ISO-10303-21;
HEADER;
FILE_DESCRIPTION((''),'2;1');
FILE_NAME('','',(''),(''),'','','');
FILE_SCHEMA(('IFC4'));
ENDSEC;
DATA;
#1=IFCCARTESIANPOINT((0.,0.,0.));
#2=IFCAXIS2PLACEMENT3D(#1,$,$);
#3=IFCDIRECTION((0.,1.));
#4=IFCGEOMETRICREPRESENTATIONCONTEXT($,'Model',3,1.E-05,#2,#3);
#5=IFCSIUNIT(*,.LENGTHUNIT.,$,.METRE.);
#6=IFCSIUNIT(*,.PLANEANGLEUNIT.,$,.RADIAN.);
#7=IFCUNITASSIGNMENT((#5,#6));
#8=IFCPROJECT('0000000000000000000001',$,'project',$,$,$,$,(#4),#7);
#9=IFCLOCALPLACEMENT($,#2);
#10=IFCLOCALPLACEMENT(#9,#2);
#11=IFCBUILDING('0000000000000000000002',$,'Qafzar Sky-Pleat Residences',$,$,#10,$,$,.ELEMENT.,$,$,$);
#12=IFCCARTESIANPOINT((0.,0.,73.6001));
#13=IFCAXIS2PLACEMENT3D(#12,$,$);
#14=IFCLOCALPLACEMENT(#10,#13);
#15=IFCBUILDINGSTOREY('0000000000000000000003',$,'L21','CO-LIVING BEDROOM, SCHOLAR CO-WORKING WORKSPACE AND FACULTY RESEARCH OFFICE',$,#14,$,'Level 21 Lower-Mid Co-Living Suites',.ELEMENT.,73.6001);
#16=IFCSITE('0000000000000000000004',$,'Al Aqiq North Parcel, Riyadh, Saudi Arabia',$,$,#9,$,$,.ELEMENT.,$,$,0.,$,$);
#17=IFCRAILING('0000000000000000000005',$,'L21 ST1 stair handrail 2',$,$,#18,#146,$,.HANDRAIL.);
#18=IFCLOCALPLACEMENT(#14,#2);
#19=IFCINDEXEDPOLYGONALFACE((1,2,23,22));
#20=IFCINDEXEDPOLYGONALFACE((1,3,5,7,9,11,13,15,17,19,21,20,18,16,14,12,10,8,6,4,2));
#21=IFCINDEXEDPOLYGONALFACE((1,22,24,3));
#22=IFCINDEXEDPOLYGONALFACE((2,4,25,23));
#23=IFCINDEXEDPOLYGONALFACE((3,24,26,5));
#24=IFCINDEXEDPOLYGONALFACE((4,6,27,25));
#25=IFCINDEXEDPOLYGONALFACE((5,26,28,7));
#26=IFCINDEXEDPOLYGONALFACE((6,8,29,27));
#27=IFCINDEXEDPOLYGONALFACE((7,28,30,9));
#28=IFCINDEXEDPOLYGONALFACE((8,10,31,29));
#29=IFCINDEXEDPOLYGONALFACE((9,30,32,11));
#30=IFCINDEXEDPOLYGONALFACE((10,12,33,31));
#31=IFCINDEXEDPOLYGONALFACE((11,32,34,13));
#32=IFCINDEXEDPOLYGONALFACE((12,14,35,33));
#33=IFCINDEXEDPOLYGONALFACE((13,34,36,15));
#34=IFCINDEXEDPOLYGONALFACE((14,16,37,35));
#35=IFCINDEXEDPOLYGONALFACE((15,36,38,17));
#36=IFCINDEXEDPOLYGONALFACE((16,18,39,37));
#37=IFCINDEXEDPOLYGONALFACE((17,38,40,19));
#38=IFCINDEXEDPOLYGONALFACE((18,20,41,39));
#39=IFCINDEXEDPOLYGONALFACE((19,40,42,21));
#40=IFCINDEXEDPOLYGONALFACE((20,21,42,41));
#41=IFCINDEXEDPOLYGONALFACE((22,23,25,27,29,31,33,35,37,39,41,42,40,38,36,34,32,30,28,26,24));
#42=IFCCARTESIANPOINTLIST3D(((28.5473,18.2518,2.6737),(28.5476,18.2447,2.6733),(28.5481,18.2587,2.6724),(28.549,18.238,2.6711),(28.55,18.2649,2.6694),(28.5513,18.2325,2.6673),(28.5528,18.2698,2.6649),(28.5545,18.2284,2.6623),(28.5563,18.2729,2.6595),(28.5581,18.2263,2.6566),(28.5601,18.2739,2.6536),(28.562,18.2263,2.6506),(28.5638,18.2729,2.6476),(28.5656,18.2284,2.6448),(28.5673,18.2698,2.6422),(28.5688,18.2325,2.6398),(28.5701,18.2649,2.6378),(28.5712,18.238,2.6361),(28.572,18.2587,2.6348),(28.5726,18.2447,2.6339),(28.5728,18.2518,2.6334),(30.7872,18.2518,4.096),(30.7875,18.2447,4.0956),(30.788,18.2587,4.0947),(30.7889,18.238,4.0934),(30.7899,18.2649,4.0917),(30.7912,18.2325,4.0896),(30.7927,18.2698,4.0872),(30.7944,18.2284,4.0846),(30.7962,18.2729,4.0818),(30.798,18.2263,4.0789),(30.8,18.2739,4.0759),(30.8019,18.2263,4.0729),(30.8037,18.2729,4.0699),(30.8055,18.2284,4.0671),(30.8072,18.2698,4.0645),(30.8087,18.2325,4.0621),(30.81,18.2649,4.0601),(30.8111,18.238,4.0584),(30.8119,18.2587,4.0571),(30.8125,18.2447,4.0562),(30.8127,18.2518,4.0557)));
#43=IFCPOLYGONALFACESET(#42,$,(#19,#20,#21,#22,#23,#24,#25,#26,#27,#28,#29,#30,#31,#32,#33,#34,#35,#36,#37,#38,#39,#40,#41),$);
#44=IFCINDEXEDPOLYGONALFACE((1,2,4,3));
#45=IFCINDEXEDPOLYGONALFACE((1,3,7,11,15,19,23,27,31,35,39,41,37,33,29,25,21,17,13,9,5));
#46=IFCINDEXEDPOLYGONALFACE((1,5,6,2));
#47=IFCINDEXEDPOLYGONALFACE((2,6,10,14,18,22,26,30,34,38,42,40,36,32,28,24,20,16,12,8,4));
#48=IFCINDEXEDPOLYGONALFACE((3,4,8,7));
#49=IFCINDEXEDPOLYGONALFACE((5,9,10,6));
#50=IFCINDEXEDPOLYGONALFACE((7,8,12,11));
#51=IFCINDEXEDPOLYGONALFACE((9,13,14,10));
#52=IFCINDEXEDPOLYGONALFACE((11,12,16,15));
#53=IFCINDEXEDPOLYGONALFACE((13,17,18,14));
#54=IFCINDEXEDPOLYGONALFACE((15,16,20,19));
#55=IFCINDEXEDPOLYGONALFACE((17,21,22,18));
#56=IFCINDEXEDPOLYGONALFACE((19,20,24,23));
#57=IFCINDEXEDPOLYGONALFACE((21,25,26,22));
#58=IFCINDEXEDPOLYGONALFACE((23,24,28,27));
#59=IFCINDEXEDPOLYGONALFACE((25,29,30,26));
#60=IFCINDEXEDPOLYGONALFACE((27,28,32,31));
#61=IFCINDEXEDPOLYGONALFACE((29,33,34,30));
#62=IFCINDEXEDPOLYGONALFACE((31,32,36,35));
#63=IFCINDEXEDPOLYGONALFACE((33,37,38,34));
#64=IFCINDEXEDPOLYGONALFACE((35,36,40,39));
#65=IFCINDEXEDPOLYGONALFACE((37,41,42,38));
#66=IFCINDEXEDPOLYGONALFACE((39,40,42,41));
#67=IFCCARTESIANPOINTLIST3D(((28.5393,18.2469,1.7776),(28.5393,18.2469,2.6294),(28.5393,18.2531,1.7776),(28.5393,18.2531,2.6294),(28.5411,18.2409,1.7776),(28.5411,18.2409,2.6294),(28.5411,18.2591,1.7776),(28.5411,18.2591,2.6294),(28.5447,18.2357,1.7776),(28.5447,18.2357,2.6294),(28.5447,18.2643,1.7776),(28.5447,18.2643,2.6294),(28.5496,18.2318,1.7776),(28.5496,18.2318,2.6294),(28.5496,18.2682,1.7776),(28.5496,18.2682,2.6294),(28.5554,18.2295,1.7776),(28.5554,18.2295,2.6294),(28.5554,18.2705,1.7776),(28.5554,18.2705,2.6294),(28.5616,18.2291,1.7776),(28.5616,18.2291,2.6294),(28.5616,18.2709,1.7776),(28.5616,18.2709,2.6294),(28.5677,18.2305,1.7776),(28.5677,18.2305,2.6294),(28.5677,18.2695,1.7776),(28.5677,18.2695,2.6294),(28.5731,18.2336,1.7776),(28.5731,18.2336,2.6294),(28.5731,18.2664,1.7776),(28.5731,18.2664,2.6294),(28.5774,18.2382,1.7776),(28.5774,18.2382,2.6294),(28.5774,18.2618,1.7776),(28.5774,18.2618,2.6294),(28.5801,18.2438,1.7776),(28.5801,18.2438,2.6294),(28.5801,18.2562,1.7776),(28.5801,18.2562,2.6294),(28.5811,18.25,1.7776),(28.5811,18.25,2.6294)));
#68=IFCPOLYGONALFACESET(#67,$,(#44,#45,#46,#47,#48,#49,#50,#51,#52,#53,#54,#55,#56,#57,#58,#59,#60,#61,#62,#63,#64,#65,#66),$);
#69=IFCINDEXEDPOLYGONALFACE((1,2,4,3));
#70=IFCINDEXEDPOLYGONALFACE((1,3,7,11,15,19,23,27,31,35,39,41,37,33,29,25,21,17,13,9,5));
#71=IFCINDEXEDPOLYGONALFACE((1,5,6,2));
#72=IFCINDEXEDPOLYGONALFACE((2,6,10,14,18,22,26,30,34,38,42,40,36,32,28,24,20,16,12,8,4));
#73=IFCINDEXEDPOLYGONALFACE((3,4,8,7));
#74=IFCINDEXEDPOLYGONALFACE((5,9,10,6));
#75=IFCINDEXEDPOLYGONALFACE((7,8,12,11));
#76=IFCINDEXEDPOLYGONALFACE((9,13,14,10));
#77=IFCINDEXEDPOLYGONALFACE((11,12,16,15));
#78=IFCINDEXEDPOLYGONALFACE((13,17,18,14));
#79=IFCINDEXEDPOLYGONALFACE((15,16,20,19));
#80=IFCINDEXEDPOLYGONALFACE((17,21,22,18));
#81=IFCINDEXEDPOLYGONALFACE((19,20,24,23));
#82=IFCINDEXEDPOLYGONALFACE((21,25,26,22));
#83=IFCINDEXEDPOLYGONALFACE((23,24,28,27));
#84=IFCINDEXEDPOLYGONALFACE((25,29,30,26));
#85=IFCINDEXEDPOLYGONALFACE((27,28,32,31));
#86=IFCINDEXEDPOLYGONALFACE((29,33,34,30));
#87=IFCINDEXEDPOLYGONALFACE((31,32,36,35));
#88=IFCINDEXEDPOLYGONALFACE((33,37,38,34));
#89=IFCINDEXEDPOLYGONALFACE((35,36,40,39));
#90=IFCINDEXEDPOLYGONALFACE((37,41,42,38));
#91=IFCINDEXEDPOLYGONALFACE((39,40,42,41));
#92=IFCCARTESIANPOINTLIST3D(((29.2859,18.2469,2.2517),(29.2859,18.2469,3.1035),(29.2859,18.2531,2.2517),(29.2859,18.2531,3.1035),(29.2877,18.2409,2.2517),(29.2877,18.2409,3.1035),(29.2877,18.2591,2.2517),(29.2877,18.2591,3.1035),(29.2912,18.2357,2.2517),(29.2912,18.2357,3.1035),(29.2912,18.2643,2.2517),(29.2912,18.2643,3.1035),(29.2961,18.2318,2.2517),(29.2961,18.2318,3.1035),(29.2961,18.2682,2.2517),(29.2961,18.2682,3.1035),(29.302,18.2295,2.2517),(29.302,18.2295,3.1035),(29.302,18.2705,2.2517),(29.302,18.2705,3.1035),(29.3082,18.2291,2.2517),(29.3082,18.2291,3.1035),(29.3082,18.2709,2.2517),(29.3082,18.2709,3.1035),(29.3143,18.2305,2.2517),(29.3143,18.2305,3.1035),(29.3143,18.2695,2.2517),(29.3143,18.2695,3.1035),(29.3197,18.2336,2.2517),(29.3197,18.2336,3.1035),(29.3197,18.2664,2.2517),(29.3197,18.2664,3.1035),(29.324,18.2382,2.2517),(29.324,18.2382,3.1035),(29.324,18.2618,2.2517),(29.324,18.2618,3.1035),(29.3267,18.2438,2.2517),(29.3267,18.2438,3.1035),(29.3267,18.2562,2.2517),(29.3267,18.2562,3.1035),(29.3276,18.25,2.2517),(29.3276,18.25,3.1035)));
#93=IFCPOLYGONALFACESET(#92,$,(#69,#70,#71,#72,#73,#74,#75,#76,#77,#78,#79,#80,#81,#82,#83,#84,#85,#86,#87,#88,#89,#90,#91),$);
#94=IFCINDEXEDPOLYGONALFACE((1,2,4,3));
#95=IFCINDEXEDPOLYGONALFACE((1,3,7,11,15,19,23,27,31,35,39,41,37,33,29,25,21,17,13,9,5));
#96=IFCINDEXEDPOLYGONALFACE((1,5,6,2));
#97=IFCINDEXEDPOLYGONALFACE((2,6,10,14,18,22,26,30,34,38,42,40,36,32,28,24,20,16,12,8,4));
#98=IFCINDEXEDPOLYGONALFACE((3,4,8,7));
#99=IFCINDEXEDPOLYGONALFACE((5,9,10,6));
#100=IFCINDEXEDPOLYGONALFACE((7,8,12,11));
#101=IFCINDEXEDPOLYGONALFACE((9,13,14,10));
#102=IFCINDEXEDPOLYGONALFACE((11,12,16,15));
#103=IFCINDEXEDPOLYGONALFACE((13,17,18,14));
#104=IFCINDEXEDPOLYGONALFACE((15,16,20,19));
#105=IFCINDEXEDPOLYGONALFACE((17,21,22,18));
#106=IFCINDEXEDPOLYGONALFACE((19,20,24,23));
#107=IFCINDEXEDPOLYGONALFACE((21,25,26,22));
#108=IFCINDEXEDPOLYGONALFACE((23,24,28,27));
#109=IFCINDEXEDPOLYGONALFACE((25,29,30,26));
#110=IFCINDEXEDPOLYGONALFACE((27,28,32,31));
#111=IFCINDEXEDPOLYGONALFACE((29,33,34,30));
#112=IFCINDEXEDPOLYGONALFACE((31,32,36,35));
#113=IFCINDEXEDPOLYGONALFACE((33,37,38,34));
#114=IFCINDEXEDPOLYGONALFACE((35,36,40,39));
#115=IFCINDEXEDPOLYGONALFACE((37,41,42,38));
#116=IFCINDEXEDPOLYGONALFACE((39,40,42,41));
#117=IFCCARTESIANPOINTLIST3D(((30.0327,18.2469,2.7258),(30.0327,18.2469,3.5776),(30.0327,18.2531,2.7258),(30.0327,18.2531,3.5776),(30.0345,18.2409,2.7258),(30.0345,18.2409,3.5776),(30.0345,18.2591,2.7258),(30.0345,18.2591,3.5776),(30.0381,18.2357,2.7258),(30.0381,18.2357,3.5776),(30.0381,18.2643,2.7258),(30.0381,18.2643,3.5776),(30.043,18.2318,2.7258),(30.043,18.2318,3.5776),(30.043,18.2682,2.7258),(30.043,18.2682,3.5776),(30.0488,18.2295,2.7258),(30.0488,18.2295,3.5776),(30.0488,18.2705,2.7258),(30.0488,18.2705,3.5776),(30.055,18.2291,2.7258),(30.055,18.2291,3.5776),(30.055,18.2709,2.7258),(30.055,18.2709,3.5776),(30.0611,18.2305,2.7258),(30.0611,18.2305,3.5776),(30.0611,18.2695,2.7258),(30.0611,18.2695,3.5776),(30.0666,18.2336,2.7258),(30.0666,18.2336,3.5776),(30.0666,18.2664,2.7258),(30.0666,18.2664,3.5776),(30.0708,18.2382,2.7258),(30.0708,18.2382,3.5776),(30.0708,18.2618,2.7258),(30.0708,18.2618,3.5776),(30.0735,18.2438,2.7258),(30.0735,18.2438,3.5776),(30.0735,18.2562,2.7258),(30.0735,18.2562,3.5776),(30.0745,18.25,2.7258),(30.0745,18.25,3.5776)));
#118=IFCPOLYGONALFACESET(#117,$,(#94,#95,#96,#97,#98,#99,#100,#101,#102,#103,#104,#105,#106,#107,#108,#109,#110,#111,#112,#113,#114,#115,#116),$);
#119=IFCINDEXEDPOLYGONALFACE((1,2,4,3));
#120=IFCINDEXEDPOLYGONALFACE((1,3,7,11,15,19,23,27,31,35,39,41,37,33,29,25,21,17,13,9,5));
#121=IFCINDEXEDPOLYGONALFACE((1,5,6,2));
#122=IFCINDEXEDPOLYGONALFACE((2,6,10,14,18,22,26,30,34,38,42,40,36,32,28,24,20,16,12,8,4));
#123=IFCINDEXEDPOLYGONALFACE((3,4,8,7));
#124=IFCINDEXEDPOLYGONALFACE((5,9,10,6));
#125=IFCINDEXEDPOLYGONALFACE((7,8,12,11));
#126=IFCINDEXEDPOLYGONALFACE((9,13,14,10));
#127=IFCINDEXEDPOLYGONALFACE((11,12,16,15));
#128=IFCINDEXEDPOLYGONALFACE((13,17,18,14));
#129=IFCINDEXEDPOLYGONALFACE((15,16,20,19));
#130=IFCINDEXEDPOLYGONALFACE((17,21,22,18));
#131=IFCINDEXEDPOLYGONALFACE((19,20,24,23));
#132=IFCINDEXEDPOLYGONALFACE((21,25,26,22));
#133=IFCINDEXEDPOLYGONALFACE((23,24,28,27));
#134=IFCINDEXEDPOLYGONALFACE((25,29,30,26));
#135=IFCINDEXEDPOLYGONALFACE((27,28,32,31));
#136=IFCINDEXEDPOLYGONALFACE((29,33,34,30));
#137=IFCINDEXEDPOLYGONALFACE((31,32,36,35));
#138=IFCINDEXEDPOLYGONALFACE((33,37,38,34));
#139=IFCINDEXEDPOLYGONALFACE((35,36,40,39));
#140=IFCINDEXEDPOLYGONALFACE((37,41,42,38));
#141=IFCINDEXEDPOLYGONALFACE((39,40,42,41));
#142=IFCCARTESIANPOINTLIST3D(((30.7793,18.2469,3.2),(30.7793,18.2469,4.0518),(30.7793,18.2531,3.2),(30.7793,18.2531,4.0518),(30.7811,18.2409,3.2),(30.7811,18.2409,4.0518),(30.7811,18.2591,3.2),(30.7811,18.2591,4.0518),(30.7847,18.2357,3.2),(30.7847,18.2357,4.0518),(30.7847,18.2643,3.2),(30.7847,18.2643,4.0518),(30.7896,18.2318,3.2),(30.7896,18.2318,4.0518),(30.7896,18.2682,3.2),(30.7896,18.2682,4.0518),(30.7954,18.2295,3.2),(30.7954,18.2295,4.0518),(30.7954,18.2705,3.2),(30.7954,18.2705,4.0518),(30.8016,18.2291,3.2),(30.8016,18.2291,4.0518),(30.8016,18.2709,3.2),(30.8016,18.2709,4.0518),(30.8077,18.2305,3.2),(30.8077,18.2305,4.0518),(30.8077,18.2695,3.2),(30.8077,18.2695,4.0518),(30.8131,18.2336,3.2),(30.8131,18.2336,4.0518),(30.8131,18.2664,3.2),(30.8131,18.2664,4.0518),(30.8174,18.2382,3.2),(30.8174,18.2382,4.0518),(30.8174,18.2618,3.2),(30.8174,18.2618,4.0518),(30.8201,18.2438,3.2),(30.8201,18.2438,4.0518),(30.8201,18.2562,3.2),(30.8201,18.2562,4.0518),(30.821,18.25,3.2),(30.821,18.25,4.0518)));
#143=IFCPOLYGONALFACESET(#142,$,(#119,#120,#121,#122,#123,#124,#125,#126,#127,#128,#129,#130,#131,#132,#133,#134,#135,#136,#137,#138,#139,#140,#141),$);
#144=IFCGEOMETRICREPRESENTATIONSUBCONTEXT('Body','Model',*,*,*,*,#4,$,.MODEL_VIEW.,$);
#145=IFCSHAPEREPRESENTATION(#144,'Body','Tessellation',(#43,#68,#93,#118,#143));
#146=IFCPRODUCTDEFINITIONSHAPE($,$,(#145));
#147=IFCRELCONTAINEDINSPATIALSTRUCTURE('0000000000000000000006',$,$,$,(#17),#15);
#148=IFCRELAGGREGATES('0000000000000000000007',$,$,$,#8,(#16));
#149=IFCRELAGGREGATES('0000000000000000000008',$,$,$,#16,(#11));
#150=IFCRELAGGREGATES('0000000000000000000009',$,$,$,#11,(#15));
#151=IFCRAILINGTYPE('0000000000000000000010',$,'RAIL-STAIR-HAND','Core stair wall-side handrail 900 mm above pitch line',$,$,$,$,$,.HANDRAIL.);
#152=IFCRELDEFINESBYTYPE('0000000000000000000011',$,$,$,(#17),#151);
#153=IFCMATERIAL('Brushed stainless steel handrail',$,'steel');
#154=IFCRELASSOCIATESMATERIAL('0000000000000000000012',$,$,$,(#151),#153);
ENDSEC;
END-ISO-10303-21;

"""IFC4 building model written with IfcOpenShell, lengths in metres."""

from ifc_helpers import new_model, si_unit, direction, frame, origin, origin_2d, place, context, subcontext, project, spatial, circle, extrude, source, transform, mapped, material, type_object, element, save


model = new_model("IFC4")

# Units and contexts
model_context = context("Model", 3, precision=1e-05, world=origin(), true_north=direction((0.0, 1.0)))
body_context = subcontext(model_context, "Body", "Model", "MODEL_VIEW")
ifc_project = project(units=[si_unit("LENGTHUNIT", "METRE"), si_unit("PLANEANGLEUNIT", "RADIAN")], contexts=[model_context])

# Site, building, storey
site_placement = place(None, origin())
site = spatial("IfcSite", under=ifc_project, at=site_placement, Name="Al Aqiq North Parcel, Riyadh, Saudi Arabia", CompositionType="ELEMENT", RefElevation=0.0)
building_placement = place(site_placement, origin())
building = spatial("IfcBuilding", under=site, at=building_placement, Name="Qafzar Sky-Pleat Residences", CompositionType="ELEMENT")
storey_placement = place(building_placement, frame((0.0, 0.0, 73.6001)))
storey = spatial("IfcBuildingStorey", under=building, at=storey_placement, Name="L21", Description="CO-LIVING BEDROOM, SCHOLAR CO-WORKING WORKSPACE AND FACULTY RESEARCH OFFICE", LongName="Level 21 Lower-Mid Co-Living Suites", CompositionType="ELEMENT", Elevation=73.6001)

# Railing
ifc_material_1 = material(Name="Brushed stainless steel handrail", Category="steel")
railing_type_1 = type_object("IfcRailingType", Name="RAIL-STAIR-HAND", Description="Core stair wall-side handrail 900 mm above pitch line", PredefinedType="HANDRAIL", material=ifc_material_1)
shared_shape_1 = source(origin(), body_context, "Body", "SweptSolid", [
    extrude(circle(Radius=0.0239, at=origin_2d()), frame((0.0, 0.0, 0.876), z_axis=(0.844188, 0.0, 0.536048), x_axis=(0.0, 1.0, 0.0)), (0.0, 0.0, 1.0), 2.6533),
    extrude(circle(Radius=0.021, at=origin_2d()), origin(), (0.0, 0.0, 1.0), 0.8518),
    extrude(circle(Radius=0.021, at=origin_2d()), frame((0.7466, 0.0, 0.4741)), (0.0, 0.0, 1.0), 0.8518),
    extrude(circle(Radius=0.021, at=origin_2d()), frame((1.4934, 0.0, 0.9482)), (0.0, 0.0, 1.0), 0.8518),
    extrude(circle(Radius=0.021, at=origin_2d()), frame((2.24, 0.0, 1.4224)), (0.0, 0.0, 1.0), 0.8518),
])
railing_1_placement = place(storey_placement, frame((28.5601, 18.25, 1.7776)))
element("IfcRailing", 1, at=railing_1_placement, inside=storey, type_object=railing_type_1, Name="L21 ST1 stair handrail 2", PredefinedType="HANDRAIL", context=body_context, shape_type="MappedRepresentation", body=[
    mapped(shared_shape_1, transform((0.0, 0.0, 0.0), x_axis=(1.0, 0.0, 0.0), y_axis=(0.0, 1.0, 0.0), z_axis=(0.0, 0.0, 1.0), scale=1.0)),
])

save(model, "model.ifc")
